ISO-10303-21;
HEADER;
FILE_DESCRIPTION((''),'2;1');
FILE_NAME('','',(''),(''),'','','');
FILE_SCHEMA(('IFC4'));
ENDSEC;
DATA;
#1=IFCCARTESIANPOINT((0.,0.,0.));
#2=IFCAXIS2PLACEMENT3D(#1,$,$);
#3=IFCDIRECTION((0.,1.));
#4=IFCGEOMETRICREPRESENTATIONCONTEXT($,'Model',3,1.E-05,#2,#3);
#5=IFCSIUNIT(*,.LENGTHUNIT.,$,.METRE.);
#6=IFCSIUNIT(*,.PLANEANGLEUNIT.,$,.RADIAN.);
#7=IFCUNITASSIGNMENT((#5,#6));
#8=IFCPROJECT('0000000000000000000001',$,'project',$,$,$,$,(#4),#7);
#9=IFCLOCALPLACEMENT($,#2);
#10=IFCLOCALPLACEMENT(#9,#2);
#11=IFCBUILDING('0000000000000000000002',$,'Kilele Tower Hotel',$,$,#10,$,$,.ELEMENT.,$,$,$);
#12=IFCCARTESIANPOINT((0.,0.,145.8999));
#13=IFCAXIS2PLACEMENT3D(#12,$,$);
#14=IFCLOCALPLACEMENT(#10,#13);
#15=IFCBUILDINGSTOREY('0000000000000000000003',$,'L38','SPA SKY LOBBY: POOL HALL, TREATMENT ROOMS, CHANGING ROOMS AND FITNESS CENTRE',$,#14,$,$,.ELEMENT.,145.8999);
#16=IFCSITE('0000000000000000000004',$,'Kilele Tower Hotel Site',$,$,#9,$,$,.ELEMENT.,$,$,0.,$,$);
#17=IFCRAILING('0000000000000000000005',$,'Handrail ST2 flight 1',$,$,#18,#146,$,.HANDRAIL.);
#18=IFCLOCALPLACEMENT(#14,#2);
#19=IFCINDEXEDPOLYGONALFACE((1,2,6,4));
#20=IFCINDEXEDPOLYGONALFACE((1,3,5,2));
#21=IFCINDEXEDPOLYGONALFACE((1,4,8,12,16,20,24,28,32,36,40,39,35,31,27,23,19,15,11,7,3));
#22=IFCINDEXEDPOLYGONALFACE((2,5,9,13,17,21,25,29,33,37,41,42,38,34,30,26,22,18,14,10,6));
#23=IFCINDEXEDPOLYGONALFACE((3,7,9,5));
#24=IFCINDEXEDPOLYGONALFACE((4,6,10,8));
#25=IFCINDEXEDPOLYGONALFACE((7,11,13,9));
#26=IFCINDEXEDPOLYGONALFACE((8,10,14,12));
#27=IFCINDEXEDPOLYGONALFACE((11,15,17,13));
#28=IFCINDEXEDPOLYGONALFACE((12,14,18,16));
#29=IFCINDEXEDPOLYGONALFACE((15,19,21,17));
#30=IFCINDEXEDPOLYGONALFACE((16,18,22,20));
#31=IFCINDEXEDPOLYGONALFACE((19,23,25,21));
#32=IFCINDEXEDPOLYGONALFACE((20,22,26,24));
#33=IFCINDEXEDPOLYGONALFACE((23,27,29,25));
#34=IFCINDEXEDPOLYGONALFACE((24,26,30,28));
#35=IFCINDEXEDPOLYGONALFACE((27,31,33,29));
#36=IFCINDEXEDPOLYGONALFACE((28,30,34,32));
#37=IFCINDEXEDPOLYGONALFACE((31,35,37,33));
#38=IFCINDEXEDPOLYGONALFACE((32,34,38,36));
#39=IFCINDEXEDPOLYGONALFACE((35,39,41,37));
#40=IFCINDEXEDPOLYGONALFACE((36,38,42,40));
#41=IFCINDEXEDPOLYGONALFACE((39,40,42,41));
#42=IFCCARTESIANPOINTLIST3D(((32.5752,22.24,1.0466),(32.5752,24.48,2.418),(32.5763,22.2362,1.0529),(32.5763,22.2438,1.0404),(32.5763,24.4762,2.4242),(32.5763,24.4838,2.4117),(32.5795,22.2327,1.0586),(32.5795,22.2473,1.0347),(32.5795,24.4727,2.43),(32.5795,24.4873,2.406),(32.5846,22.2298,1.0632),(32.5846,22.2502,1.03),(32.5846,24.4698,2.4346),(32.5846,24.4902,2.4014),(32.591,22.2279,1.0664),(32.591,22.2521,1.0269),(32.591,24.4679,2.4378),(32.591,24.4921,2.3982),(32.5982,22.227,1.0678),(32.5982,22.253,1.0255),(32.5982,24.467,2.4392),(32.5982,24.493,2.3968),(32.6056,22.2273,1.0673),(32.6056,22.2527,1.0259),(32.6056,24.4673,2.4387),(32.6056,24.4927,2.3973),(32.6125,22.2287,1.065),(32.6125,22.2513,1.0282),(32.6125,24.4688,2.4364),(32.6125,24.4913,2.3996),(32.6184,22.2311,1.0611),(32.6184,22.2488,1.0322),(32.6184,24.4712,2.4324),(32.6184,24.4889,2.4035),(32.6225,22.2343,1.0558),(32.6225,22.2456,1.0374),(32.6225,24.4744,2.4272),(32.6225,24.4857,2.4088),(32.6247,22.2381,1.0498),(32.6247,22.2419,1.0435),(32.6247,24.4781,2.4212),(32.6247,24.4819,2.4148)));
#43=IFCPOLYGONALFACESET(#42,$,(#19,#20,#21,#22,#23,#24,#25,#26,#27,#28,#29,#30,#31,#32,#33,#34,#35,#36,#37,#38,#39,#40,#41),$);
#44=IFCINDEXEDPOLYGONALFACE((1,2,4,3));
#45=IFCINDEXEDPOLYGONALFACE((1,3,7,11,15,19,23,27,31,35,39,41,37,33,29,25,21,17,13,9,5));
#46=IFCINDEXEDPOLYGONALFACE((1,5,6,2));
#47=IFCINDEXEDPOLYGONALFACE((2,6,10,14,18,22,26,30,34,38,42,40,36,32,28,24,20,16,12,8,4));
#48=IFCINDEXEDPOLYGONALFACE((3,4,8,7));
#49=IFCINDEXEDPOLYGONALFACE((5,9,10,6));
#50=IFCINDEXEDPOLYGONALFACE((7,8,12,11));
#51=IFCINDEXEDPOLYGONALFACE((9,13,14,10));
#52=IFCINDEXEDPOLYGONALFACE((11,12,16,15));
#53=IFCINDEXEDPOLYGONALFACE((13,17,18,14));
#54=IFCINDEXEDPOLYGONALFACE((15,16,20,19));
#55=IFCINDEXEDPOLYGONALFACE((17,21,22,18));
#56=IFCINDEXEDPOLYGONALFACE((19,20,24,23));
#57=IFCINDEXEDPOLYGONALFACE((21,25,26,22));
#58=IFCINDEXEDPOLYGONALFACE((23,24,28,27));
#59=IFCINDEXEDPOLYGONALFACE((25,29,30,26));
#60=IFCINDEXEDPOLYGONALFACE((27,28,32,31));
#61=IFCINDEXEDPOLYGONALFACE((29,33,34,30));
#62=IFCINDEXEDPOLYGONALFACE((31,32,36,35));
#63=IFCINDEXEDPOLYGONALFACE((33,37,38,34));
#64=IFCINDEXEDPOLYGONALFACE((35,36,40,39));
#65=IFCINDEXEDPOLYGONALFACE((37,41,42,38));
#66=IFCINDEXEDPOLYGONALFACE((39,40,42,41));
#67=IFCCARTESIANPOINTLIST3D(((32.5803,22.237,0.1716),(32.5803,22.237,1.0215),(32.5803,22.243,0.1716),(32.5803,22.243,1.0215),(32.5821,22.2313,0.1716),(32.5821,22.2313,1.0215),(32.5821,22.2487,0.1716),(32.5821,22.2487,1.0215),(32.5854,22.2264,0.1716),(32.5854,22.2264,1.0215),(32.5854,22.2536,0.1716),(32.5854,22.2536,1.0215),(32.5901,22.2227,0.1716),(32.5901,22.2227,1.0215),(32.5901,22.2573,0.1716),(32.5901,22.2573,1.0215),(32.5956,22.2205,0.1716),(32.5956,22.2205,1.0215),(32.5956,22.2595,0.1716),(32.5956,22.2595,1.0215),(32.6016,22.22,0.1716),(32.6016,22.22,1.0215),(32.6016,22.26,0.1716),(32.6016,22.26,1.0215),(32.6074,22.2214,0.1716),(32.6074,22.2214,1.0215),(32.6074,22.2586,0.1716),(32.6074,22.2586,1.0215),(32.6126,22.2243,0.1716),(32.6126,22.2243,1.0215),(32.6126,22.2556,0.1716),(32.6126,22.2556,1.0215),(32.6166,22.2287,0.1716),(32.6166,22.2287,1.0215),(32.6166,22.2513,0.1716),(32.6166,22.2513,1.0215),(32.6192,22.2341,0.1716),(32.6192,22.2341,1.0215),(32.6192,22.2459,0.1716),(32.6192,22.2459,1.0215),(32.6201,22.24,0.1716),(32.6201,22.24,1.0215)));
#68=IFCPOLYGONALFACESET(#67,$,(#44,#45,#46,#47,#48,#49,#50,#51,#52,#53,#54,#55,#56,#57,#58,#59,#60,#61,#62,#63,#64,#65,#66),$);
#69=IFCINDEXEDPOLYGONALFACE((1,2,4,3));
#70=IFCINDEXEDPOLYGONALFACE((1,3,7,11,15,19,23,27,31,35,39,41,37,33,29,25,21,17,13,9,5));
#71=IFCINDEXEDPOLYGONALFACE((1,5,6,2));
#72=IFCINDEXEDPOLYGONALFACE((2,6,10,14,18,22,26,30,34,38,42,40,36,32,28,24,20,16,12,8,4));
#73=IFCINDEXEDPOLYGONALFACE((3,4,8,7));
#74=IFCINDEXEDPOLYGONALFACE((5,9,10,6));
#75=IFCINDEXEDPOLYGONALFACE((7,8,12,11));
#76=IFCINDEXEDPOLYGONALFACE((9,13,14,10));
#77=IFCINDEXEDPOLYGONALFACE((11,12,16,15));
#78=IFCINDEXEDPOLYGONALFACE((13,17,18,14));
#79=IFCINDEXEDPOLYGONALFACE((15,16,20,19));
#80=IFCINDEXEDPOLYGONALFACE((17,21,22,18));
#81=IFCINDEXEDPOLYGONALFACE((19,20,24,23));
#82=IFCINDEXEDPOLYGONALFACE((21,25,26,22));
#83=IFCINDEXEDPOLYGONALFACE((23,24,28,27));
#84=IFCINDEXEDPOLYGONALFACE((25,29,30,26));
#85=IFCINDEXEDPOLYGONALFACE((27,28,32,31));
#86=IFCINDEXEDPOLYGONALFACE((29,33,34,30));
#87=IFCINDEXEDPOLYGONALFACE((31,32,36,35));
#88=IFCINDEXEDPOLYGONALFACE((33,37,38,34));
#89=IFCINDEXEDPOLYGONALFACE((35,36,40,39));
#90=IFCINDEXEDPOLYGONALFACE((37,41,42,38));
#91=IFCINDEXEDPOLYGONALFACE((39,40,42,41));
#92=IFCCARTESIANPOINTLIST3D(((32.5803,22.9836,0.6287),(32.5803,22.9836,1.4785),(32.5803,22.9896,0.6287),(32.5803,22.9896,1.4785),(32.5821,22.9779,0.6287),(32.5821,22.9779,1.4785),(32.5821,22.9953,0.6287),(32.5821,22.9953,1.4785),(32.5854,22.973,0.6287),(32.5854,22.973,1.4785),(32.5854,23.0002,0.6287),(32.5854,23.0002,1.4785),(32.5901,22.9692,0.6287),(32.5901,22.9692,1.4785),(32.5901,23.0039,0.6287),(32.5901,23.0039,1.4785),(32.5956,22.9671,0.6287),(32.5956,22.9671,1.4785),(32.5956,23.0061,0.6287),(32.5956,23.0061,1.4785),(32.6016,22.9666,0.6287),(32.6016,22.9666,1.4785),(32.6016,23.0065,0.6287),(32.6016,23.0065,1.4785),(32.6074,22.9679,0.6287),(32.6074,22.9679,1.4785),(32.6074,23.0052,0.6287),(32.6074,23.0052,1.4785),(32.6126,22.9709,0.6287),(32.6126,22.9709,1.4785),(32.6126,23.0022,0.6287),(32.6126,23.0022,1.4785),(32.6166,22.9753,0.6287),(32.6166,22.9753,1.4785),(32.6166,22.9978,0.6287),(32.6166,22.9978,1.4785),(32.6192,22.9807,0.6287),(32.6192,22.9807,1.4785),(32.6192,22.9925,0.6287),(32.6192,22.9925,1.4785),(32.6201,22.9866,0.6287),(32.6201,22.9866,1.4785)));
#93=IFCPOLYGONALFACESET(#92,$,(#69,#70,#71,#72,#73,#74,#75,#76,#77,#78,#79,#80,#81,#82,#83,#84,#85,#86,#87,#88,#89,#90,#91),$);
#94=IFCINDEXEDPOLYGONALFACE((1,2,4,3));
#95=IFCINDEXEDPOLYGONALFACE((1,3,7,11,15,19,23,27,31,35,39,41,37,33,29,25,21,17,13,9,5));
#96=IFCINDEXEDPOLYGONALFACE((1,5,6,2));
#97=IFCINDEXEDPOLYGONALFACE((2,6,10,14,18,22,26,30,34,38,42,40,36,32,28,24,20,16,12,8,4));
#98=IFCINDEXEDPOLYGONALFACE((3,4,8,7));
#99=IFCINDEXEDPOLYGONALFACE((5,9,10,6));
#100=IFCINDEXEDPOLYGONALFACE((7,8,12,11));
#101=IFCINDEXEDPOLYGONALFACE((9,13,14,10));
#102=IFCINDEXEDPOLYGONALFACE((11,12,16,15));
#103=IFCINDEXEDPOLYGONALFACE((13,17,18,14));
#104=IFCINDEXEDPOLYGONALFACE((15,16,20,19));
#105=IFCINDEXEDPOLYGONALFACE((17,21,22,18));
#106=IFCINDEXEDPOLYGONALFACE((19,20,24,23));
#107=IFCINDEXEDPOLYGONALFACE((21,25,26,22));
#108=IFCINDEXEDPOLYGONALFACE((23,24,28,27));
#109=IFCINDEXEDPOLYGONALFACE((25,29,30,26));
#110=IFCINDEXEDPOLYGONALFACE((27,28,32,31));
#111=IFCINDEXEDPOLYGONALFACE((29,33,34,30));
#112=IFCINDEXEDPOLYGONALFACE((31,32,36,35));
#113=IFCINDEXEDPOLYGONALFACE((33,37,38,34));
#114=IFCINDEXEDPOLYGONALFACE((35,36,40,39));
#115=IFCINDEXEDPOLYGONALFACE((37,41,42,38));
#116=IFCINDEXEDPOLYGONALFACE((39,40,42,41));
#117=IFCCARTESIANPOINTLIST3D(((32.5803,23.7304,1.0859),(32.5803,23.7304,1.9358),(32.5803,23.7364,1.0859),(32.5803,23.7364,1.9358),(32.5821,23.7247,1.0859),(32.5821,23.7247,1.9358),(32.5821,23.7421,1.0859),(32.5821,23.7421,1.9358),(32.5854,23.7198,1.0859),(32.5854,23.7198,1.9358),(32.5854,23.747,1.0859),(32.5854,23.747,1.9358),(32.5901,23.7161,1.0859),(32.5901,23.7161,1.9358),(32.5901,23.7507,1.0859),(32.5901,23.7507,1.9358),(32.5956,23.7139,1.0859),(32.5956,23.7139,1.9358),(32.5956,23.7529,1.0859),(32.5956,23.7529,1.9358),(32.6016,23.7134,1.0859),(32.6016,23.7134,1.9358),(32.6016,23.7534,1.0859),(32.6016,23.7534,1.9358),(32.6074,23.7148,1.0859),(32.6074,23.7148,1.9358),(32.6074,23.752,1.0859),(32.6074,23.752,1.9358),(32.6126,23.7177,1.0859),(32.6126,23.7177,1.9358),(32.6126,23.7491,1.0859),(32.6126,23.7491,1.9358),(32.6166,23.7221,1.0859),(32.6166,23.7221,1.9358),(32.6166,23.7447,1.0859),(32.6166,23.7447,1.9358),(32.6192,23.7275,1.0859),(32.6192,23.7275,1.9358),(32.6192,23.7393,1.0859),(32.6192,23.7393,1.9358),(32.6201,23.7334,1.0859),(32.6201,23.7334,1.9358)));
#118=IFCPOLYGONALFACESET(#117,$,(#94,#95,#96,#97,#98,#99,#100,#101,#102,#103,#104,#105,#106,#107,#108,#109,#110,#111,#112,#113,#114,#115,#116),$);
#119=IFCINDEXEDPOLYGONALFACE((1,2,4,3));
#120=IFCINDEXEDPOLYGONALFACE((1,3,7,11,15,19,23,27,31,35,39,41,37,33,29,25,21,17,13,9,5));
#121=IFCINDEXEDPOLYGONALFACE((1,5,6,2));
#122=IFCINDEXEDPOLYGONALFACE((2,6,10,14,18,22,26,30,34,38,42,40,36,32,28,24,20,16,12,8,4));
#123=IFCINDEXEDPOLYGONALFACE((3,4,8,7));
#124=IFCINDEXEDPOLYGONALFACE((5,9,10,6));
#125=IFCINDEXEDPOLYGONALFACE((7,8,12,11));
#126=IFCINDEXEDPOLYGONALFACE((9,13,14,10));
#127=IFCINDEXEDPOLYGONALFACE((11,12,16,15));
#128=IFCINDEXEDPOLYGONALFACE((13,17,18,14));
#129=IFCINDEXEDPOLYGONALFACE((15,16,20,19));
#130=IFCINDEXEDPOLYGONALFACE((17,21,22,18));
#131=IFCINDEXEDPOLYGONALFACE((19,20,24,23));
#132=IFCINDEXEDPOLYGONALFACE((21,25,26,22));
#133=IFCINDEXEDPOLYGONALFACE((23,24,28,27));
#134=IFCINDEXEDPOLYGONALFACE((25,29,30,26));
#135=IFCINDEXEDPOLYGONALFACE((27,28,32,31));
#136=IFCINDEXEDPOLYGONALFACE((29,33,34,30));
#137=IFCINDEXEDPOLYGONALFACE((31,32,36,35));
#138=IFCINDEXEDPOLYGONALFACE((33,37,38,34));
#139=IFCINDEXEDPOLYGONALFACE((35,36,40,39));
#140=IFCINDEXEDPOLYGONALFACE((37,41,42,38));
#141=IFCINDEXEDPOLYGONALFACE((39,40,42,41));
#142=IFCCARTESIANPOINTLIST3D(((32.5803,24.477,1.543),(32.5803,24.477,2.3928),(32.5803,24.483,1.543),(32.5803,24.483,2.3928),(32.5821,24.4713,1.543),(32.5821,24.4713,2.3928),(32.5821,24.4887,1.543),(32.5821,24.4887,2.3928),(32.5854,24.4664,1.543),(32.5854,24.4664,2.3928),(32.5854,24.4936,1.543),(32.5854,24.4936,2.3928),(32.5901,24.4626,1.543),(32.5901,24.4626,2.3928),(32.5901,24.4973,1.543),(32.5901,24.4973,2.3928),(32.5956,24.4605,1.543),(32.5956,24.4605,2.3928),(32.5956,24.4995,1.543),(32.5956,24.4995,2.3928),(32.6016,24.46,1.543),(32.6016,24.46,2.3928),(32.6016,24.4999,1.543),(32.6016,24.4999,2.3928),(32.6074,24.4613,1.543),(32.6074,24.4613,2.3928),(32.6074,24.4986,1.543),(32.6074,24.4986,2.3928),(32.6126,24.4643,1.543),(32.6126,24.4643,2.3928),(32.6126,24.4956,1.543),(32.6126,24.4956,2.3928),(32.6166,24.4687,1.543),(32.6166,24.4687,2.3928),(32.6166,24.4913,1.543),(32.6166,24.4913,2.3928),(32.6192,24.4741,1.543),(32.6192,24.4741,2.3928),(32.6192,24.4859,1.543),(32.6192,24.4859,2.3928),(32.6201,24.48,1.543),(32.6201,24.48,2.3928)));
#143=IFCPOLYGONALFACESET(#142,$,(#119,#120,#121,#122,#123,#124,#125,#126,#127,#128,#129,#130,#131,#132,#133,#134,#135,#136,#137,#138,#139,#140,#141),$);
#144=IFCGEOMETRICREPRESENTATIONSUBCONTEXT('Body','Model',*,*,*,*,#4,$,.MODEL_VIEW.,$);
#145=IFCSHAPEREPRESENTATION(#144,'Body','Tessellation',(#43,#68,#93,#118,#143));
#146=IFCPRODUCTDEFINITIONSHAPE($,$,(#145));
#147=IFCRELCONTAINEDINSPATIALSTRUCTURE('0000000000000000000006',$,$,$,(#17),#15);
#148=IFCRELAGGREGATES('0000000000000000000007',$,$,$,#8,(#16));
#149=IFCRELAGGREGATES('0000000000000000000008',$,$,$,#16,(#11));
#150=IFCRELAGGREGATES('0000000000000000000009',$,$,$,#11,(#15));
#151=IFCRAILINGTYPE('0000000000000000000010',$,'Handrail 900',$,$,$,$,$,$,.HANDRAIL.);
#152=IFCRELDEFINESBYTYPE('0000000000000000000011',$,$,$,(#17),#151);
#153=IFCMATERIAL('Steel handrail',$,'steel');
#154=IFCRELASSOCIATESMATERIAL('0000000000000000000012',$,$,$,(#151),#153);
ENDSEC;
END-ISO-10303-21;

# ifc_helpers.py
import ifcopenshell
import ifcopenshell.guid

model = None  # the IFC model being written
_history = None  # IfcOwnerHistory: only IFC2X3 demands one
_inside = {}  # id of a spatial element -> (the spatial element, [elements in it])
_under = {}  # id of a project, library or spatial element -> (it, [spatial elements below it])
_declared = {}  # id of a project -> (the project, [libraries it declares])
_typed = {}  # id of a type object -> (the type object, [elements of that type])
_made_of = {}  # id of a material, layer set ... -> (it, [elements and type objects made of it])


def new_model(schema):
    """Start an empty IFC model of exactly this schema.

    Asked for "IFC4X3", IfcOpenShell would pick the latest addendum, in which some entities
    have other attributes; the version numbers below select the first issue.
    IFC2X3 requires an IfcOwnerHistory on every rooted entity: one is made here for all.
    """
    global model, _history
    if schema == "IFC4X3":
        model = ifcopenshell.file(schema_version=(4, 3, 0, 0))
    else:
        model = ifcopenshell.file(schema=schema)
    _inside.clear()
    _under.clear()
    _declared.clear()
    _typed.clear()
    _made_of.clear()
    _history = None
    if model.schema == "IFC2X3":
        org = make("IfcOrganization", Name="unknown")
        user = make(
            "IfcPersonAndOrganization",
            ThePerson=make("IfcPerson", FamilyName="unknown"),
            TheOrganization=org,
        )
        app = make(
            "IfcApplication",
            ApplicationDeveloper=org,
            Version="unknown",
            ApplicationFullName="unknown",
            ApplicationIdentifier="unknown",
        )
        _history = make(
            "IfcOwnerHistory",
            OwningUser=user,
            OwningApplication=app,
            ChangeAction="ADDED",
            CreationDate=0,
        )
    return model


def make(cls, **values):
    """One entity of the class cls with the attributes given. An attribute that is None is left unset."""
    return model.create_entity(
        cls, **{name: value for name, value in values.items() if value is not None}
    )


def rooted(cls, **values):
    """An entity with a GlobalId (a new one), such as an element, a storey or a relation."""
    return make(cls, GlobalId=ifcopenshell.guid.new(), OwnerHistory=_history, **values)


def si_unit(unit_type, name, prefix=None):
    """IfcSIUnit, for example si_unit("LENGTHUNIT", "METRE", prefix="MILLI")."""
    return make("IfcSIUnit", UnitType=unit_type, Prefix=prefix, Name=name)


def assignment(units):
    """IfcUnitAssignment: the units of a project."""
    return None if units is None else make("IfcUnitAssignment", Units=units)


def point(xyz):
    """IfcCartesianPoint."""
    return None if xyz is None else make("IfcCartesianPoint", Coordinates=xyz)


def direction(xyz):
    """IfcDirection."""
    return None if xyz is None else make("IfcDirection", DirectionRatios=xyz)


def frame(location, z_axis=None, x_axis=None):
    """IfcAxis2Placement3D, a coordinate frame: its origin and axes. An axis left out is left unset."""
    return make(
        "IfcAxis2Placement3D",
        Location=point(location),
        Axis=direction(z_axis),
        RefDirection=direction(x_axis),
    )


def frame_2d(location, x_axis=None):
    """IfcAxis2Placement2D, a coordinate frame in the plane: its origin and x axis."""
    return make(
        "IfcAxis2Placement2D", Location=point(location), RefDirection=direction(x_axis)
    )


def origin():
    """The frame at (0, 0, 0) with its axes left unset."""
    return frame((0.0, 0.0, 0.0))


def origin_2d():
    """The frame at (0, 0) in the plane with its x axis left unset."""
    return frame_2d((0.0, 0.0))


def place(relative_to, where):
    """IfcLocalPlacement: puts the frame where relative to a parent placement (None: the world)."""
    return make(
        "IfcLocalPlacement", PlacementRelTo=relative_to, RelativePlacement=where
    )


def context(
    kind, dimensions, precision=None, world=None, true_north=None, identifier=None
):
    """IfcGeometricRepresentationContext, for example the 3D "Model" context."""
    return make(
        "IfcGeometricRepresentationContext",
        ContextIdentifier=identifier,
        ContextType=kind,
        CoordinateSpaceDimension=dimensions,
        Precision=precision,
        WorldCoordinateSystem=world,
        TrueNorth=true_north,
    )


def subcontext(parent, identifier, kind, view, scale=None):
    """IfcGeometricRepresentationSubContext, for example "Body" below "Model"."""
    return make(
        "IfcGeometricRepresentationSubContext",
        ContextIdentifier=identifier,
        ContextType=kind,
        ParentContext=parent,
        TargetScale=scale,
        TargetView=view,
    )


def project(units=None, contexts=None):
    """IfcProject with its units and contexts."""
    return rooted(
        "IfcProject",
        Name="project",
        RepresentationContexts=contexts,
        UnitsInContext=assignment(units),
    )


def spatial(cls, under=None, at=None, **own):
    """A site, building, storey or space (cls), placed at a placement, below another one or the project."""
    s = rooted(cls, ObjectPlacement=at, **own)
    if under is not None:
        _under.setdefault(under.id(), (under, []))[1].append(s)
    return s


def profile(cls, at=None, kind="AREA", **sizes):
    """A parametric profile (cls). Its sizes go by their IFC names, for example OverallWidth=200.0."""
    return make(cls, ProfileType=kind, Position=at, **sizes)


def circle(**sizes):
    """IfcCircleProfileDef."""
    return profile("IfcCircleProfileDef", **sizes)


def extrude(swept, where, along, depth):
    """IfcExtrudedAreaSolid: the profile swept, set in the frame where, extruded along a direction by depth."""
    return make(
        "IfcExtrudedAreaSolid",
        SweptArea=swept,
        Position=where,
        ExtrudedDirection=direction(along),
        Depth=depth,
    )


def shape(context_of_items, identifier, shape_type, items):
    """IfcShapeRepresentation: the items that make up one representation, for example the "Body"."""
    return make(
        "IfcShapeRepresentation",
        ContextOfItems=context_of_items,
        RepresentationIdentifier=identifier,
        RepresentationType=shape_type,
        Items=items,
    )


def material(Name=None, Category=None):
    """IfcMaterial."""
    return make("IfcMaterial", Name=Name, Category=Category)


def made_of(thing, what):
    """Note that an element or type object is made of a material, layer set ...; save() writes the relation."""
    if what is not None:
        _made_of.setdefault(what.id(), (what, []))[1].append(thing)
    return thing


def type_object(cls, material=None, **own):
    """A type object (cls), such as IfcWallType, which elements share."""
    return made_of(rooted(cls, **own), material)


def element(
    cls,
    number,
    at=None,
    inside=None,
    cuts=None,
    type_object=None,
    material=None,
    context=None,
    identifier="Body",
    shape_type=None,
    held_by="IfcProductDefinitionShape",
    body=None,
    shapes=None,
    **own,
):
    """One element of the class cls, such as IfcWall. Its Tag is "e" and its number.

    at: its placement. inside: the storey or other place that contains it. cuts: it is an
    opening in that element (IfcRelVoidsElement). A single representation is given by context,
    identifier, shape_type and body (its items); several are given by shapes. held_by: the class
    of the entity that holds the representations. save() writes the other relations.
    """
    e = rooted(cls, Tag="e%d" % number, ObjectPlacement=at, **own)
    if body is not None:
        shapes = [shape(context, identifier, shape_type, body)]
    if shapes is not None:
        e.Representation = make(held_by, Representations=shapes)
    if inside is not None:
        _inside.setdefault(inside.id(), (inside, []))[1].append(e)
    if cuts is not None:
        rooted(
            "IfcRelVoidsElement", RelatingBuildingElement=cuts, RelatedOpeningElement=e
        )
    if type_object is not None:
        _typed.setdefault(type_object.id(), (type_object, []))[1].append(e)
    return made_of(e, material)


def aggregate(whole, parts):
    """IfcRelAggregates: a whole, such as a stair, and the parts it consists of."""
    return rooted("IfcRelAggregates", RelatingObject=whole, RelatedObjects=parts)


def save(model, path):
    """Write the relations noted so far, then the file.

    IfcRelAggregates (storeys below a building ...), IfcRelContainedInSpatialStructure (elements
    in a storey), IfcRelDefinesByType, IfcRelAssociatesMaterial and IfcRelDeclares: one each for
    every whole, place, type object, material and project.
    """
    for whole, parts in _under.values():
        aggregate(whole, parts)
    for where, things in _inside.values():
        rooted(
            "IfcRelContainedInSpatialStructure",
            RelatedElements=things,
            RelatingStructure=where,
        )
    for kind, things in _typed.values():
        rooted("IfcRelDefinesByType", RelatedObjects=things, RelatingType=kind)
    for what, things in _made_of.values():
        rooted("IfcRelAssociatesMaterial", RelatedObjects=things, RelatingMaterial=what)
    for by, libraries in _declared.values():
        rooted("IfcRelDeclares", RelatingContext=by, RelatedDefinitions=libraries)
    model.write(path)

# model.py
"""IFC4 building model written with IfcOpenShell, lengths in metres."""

from ifc_helpers import new_model, si_unit, direction, frame, origin, origin_2d, place, context, subcontext, project, spatial, circle, extrude, material, type_object, element, save


model = new_model("IFC4")

# Units and contexts
model_context = context("Model", 3, precision=1e-05, world=origin(), true_north=direction((0.0, 1.0)))
body_context = subcontext(model_context, "Body", "Model", "MODEL_VIEW")
ifc_project = project(units=[si_unit("LENGTHUNIT", "METRE"), si_unit("PLANEANGLEUNIT", "RADIAN")], contexts=[model_context])

# Site, building, storey
site_placement = place(None, origin())
site = spatial("IfcSite", under=ifc_project, at=site_placement, Name="Kilele Tower Hotel Site", CompositionType="ELEMENT", RefElevation=0.0)
building_placement = place(site_placement, origin())
building = spatial("IfcBuilding", under=site, at=building_placement, Name="Kilele Tower Hotel", CompositionType="ELEMENT")
storey_placement = place(building_placement, frame((0.0, 0.0, 145.8999)))
storey = spatial("IfcBuildingStorey", under=building, at=storey_placement, Name="L38", Description="SPA SKY LOBBY: POOL HALL, TREATMENT ROOMS, CHANGING ROOMS AND FITNESS CENTRE", CompositionType="ELEMENT", Elevation=145.8999)

# Railing
ifc_material_1 = material(Name="Steel handrail", Category="steel")
railing_type_1 = type_object("IfcRailingType", Name="Handrail 900", PredefinedType="HANDRAIL", material=ifc_material_1)
for number, where, name in (
    (1, (32.6001, 22.24, 0.1716), "Handrail ST2 flight 1"),
):
    element("IfcRailing", number, at=place(storey_placement, frame(where)), inside=storey, type_object=railing_type_1, Name=name, PredefinedType="HANDRAIL", context=body_context, shape_type="SweptSolid", body=[
        extrude(circle(Radius=0.0249, at=origin_2d()), frame((0.0, 0.0, 0.875), z_axis=(0.0, 0.852866, 0.52213), x_axis=(-1.0, 0.0, 0.0)), (0.0, 0.0, 1.0), 2.6265),
        extrude(circle(Radius=0.02, at=origin_2d()), origin(), (0.0, 0.0, 1.0), 0.8499),
        extrude(circle(Radius=0.02, at=origin_2d()), frame((0.0, 0.7466, 0.457)), (0.0, 0.0, 1.0), 0.8499),
        extrude(circle(Radius=0.02, at=origin_2d()), frame((0.0, 1.4934, 0.9143)), (0.0, 0.0, 1.0), 0.8499),
        extrude(circle(Radius=0.02, at=origin_2d()), frame((0.0, 2.24, 1.3713)), (0.0, 0.0, 1.0), 0.8499),
    ])

save(model, "model.ifc")
